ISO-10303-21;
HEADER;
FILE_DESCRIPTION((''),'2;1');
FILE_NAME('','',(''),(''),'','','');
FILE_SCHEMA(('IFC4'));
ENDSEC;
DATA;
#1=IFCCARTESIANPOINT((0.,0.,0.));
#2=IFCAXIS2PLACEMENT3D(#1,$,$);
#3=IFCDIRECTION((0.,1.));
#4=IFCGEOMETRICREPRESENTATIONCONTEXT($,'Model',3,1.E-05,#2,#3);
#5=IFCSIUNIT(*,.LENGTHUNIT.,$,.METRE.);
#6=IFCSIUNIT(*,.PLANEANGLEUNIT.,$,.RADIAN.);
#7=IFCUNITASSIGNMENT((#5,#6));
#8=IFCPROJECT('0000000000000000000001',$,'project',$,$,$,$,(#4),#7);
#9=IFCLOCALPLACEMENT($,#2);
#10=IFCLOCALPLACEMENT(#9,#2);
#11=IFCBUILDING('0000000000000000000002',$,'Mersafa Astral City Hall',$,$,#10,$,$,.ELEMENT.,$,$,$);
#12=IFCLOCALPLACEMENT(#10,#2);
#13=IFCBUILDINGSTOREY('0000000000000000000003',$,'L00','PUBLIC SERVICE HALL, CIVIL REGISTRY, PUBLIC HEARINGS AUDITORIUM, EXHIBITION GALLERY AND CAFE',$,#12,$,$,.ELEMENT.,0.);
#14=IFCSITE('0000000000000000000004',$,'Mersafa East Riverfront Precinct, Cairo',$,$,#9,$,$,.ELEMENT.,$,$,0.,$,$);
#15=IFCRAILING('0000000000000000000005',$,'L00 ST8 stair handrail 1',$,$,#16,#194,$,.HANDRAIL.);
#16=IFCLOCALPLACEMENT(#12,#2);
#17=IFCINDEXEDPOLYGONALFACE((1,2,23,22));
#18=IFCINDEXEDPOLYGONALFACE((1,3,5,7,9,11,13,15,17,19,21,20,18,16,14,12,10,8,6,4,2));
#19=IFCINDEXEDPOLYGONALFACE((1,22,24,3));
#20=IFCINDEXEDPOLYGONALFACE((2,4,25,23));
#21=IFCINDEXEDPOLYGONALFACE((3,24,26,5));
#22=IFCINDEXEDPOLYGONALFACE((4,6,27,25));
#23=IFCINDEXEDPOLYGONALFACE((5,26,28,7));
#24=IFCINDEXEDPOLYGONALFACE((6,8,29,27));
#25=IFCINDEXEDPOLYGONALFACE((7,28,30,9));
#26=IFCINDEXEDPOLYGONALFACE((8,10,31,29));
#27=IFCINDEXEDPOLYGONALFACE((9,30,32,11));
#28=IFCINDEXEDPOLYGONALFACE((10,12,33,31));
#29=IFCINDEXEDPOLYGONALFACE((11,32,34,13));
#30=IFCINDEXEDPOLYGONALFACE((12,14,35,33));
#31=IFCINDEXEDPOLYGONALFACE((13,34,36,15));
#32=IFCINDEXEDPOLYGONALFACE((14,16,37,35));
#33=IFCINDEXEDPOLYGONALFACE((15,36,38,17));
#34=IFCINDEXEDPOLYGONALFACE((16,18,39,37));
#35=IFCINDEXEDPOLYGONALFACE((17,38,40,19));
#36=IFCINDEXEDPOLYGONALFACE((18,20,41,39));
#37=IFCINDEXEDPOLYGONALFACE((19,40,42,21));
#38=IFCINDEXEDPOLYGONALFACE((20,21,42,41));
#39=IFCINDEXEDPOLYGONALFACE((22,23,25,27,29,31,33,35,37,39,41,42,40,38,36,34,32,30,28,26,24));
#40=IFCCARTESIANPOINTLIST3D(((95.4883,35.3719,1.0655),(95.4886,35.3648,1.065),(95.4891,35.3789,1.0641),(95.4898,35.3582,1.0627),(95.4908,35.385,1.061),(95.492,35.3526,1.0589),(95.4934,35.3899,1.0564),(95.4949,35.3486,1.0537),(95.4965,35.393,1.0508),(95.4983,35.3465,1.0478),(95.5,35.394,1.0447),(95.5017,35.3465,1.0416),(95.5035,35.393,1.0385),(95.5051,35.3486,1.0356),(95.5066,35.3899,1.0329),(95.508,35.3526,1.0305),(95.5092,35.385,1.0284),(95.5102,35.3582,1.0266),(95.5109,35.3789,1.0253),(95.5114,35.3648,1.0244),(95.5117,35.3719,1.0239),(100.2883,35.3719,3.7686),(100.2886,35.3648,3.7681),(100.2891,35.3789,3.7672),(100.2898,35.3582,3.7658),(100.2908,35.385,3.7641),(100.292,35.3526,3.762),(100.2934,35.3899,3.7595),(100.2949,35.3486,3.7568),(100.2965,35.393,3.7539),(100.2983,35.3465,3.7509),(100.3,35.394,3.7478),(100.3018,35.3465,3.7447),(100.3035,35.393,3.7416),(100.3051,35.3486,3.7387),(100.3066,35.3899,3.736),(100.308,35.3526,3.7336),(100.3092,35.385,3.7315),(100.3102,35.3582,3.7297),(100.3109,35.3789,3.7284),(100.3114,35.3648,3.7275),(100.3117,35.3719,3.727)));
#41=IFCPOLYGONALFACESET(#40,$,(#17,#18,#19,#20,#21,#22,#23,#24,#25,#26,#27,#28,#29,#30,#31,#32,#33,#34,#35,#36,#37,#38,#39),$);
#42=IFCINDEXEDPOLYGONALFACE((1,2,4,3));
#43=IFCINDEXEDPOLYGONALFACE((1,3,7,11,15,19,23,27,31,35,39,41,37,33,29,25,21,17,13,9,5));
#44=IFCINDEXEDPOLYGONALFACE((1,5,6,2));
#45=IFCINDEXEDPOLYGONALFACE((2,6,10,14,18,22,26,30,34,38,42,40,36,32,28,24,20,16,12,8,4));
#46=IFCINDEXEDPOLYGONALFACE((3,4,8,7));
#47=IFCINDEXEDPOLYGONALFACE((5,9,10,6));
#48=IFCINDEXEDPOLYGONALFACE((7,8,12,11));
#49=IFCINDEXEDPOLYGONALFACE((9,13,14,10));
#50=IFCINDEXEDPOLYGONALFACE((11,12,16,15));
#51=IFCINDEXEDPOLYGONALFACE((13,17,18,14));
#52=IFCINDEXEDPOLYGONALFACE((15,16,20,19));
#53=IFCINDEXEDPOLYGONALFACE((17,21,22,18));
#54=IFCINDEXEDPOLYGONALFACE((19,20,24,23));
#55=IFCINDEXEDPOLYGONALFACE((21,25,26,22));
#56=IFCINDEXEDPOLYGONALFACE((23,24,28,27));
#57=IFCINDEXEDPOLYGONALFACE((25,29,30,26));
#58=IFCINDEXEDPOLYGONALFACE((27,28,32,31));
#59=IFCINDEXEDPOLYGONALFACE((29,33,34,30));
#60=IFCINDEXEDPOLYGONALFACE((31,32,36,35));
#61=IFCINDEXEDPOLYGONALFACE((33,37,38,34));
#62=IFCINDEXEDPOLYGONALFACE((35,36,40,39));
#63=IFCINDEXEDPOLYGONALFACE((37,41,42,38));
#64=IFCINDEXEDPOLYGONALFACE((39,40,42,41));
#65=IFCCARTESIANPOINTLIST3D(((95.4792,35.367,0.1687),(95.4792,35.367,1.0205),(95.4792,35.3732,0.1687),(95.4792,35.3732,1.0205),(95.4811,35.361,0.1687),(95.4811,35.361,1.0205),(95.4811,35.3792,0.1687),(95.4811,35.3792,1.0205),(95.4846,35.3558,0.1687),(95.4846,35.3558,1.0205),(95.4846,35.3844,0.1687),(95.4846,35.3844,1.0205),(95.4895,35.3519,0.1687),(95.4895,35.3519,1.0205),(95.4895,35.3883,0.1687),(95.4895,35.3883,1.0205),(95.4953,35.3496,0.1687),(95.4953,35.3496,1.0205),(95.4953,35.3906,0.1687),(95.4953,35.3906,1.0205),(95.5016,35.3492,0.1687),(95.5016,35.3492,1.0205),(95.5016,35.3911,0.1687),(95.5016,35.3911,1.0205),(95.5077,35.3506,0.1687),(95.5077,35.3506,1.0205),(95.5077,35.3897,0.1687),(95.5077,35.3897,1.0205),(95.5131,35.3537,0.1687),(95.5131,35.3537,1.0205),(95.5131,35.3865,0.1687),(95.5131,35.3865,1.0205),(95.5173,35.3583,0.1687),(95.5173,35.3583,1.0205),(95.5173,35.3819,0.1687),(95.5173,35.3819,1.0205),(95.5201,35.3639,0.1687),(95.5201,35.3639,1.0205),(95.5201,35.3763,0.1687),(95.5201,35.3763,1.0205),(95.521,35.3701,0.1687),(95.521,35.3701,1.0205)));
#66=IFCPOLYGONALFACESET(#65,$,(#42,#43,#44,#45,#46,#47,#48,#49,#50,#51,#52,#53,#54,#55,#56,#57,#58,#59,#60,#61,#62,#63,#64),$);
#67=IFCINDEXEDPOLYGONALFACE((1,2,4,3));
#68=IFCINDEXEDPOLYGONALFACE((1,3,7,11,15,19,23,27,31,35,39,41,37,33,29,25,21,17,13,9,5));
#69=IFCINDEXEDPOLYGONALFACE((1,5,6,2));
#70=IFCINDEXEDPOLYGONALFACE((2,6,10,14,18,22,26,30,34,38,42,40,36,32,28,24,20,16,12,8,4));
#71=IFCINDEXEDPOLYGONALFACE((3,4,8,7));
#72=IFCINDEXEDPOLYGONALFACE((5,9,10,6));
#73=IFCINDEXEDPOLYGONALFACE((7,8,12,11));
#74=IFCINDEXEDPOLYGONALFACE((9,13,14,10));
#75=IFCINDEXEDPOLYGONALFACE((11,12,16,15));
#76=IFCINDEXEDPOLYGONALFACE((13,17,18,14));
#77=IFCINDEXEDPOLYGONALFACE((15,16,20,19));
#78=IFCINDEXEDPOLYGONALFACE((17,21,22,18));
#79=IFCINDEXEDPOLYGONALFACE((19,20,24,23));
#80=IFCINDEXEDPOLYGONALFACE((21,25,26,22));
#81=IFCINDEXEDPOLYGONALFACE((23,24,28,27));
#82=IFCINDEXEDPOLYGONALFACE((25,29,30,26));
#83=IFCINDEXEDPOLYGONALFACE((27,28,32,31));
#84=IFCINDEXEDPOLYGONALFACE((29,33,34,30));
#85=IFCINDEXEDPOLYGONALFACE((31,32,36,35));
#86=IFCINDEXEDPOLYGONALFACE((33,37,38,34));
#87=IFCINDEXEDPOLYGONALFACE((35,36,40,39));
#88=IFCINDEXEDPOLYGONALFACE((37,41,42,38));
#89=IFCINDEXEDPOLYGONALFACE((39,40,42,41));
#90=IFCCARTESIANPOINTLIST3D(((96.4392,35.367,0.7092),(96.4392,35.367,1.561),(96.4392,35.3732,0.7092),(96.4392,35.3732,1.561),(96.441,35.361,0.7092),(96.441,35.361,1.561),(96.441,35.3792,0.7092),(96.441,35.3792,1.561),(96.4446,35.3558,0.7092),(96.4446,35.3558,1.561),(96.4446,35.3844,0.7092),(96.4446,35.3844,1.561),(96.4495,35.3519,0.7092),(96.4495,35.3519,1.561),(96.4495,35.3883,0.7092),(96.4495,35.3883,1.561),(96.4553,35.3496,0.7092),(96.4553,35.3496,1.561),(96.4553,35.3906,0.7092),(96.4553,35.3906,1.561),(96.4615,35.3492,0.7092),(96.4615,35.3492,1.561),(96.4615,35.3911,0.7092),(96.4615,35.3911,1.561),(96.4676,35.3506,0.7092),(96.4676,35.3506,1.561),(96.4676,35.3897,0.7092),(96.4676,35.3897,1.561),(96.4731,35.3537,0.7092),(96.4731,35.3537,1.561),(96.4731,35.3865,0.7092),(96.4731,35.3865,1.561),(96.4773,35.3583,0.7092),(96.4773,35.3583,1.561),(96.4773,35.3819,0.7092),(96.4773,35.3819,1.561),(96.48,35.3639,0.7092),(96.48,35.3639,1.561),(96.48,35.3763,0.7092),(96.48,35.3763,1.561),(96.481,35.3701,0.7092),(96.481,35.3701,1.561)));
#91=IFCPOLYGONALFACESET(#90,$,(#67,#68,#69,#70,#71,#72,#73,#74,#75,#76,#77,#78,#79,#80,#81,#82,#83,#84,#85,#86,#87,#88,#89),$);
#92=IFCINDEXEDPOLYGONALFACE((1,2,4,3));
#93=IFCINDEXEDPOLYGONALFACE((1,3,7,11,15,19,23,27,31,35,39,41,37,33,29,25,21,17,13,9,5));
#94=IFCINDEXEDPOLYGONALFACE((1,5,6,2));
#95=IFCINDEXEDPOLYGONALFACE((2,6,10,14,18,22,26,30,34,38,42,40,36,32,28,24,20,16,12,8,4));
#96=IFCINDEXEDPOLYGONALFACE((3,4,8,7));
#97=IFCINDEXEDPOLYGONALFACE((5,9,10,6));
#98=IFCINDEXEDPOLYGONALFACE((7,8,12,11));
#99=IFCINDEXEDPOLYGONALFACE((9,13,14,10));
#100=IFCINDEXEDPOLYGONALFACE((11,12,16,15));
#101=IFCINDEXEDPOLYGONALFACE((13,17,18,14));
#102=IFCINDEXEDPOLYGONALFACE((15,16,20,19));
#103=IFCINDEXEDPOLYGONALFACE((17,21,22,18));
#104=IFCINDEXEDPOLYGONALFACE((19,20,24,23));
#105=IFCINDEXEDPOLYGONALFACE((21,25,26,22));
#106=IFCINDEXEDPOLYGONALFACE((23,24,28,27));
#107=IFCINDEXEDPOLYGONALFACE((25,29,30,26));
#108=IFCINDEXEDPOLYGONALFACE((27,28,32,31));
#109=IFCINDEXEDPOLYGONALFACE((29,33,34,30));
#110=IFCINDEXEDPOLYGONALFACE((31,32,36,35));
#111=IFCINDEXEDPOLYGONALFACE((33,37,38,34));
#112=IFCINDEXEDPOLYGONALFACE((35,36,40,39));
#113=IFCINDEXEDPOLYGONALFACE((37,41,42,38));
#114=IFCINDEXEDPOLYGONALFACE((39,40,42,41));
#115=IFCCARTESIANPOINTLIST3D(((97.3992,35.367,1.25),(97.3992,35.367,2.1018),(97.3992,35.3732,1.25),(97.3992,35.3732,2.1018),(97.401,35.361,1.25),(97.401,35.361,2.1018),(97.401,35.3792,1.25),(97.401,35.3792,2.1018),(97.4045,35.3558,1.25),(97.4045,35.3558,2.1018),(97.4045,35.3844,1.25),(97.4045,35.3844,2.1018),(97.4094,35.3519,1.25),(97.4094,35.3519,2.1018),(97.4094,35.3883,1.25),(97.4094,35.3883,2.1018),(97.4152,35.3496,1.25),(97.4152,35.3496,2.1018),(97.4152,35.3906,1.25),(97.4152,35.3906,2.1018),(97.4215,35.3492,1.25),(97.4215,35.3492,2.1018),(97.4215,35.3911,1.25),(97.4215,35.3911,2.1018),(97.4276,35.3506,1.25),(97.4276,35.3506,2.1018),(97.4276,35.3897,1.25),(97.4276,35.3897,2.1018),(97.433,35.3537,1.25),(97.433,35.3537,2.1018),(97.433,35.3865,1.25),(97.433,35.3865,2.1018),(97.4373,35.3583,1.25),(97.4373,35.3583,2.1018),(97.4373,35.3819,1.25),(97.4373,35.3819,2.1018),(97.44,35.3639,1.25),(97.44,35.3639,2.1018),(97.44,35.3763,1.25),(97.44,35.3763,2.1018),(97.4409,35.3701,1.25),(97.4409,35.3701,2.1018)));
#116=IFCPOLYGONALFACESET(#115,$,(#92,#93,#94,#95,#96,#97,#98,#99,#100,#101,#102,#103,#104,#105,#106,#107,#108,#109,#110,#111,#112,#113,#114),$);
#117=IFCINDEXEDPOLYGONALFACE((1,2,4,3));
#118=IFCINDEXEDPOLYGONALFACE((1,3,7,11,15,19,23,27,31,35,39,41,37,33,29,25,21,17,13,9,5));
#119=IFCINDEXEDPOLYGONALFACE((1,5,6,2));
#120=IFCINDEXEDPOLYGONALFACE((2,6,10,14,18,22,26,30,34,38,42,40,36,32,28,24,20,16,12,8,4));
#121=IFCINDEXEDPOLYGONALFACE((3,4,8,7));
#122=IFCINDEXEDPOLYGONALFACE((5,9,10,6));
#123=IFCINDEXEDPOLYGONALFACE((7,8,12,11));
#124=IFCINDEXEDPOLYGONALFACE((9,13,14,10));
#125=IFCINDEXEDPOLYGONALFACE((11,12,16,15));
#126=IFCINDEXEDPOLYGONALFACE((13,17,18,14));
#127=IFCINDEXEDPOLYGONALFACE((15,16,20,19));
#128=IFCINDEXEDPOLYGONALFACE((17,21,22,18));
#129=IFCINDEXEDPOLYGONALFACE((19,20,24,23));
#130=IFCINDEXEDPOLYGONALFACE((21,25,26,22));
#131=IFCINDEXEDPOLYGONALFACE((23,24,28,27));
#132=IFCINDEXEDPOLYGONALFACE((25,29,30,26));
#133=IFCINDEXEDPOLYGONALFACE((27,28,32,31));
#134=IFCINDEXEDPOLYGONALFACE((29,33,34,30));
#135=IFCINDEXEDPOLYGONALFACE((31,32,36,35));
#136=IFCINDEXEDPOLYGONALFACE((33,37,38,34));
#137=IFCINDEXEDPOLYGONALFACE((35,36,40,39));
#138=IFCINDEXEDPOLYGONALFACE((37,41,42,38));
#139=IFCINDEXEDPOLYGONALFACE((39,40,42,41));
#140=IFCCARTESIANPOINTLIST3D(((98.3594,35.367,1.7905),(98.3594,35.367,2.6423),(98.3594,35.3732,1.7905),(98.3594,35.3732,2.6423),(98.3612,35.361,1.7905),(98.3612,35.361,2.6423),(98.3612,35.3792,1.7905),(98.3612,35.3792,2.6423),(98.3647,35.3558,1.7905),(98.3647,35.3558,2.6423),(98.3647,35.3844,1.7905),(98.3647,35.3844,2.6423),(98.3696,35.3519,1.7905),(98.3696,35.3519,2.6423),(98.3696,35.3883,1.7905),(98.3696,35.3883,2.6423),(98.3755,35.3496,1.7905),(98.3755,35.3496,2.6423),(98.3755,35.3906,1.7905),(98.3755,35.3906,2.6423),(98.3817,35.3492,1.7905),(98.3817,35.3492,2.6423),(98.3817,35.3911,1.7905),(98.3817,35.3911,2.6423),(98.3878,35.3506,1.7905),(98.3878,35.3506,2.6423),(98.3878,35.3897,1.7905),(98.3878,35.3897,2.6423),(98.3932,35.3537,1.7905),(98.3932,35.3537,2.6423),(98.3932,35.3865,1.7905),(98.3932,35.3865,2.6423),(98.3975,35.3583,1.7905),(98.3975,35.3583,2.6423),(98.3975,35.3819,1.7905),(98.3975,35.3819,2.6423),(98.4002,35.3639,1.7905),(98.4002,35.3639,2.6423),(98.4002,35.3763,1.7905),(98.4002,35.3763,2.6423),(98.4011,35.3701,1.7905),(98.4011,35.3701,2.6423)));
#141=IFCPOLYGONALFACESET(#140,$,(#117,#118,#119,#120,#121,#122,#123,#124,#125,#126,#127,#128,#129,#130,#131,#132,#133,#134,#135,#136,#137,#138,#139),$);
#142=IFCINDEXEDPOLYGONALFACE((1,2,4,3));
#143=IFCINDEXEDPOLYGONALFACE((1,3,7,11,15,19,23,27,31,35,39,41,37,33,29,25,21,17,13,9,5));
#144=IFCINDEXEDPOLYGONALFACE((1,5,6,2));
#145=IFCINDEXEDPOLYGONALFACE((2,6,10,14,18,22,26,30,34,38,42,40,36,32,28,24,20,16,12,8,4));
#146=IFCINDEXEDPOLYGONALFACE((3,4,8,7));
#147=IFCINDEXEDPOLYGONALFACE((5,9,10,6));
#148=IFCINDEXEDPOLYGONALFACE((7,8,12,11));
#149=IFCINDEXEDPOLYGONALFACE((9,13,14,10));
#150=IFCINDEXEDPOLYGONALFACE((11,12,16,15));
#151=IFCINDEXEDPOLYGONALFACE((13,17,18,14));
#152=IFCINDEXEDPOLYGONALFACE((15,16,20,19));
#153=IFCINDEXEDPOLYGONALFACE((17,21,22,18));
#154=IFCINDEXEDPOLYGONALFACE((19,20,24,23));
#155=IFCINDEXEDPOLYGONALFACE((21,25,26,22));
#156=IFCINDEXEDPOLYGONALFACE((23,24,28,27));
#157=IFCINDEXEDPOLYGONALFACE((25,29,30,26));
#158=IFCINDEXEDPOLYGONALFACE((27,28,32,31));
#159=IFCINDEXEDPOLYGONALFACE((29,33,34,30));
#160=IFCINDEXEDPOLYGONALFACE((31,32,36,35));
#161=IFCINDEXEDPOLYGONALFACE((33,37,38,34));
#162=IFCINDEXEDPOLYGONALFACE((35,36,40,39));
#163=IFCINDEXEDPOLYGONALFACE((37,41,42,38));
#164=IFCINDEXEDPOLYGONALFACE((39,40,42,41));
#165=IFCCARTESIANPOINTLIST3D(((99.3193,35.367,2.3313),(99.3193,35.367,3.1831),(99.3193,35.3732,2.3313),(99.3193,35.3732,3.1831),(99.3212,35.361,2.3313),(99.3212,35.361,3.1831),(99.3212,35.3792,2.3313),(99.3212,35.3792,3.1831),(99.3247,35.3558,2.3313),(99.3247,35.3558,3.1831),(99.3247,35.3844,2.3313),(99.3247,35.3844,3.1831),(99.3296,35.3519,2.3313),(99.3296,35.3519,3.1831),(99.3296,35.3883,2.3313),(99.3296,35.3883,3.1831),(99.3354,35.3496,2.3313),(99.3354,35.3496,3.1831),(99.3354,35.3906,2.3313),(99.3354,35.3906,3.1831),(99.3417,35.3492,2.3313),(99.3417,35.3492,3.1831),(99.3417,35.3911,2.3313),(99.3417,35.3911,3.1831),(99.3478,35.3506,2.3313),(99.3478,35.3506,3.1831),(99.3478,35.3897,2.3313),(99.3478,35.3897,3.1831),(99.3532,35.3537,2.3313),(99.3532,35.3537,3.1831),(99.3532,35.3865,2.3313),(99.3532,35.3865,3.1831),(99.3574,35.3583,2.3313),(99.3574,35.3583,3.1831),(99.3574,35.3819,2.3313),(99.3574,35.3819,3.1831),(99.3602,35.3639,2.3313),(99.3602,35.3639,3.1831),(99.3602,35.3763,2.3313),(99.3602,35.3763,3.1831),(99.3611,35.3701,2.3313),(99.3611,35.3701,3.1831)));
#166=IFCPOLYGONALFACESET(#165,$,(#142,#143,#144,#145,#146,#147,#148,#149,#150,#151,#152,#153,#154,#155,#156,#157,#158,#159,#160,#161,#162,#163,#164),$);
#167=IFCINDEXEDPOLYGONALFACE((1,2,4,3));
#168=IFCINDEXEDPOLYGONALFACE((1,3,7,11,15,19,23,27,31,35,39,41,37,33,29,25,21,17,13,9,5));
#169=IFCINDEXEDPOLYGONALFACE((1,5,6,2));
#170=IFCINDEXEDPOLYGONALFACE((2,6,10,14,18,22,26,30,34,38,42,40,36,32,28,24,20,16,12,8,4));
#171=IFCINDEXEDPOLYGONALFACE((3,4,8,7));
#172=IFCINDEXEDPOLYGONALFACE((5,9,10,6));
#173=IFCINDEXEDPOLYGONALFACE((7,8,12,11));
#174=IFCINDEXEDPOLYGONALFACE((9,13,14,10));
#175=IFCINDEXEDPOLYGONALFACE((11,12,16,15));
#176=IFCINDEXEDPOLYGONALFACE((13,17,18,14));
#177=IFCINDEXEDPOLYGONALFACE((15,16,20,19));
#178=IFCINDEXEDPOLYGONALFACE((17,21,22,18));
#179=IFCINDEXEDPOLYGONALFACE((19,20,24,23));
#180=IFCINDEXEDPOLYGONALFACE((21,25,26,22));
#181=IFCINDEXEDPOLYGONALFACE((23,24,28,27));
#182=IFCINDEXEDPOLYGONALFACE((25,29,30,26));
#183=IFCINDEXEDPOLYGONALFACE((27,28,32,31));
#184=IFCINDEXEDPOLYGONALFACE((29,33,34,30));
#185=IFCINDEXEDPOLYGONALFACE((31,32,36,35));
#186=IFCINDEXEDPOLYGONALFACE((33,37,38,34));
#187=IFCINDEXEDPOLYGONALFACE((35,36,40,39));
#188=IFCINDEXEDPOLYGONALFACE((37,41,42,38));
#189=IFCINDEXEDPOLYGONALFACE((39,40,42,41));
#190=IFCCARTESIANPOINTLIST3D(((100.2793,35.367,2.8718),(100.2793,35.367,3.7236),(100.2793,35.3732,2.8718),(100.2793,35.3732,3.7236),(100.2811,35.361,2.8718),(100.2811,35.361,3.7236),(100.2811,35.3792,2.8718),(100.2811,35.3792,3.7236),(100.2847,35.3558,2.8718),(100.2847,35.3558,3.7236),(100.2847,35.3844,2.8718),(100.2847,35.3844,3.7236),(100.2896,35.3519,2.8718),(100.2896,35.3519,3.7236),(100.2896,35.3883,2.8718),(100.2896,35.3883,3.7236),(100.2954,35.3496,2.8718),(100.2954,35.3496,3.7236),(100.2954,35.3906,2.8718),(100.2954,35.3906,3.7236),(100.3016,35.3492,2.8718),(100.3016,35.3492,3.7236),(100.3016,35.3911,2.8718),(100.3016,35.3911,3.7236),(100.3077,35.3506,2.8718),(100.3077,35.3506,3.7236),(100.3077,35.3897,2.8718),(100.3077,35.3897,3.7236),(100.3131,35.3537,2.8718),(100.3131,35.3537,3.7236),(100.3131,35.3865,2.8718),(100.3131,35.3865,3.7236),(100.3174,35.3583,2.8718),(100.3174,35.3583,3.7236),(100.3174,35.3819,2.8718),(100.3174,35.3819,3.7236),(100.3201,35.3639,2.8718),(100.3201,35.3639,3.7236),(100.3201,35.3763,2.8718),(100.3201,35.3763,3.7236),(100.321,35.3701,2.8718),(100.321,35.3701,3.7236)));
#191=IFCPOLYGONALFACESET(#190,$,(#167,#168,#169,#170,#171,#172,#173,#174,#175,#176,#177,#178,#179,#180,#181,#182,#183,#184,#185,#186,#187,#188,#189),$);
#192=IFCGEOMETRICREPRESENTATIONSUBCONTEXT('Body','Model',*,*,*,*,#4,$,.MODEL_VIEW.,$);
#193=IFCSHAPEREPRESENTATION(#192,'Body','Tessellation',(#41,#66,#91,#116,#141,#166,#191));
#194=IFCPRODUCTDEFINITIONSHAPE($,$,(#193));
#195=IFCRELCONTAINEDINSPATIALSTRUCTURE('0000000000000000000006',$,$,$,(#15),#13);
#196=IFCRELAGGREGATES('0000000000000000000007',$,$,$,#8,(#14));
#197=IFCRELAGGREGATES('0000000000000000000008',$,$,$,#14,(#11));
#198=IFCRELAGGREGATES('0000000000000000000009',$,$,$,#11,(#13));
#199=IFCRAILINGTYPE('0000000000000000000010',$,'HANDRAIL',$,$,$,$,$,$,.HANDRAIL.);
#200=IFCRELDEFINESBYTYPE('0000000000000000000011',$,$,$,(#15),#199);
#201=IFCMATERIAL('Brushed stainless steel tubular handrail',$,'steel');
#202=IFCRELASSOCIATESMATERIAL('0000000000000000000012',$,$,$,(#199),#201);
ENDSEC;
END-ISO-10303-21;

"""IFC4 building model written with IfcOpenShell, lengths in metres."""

from ifc_helpers import new_model, si_unit, direction, frame, origin, origin_2d, place, context, subcontext, project, spatial, circle, extrude, material, type_object, element, save


model = new_model("IFC4")

# Units and contexts
model_context = context("Model", 3, precision=1e-05, world=origin(), true_north=direction((0.0, 1.0)))
body_context = subcontext(model_context, "Body", "Model", "MODEL_VIEW")
ifc_project = project(units=[si_unit("LENGTHUNIT", "METRE"), si_unit("PLANEANGLEUNIT", "RADIAN")], contexts=[model_context])

# Site, building, storey
site_placement = place(None, origin())
site = spatial("IfcSite", under=ifc_project, at=site_placement, Name="Mersafa East Riverfront Precinct, Cairo", CompositionType="ELEMENT", RefElevation=0.0)
building_placement = place(site_placement, origin())
building = spatial("IfcBuilding", under=site, at=building_placement, Name="Mersafa Astral City Hall", CompositionType="ELEMENT")
storey_placement = place(building_placement, origin())
storey = spatial("IfcBuildingStorey", under=building, at=storey_placement, Name="L00", Description="PUBLIC SERVICE HALL, CIVIL REGISTRY, PUBLIC HEARINGS AUDITORIUM, EXHIBITION GALLERY AND CAFE", CompositionType="ELEMENT", Elevation=0.0)

# Railing
ifc_material_1 = material(Name="Brushed stainless steel tubular handrail", Category="steel")
railing_type_1 = type_object("IfcRailingType", Name="HANDRAIL", PredefinedType="HANDRAIL", material=ifc_material_1)
railing_1_placement = place(storey_placement, frame((95.5, 35.3701, 0.1687)))
element("IfcRailing", 1, at=railing_1_placement, inside=storey, type_object=railing_type_1, Name="L00 ST8 stair handrail 1", PredefinedType="HANDRAIL", context=body_context, shape_type="SweptSolid", body=[
    extrude(circle(Radius=0.0239, at=origin_2d()), frame((0.0, 0.0, 0.876), z_axis=(0.871335, 0.0, 0.490688), x_axis=(0.0, 1.0, 0.0)), (0.0, 0.0, 1.0), 5.5088),
    extrude(circle(Radius=0.021, at=origin_2d()), origin(), (0.0, 0.0, 1.0), 0.8518),
    extrude(circle(Radius=0.021, at=origin_2d()), frame((0.96, 0.0, 0.5405)), (0.0, 0.0, 1.0), 0.8518),
    extrude(circle(Radius=0.021, at=origin_2d()), frame((1.9199, 0.0, 1.0813)), (0.0, 0.0, 1.0), 0.8518),
    extrude(circle(Radius=0.021, at=origin_2d()), frame((2.8801, 0.0, 1.6218)), (0.0, 0.0, 1.0), 0.8518),
    extrude(circle(Radius=0.021, at=origin_2d()), frame((3.8401, 0.0, 2.1626)), (0.0, 0.0, 1.0), 0.8518),
    extrude(circle(Radius=0.021, at=origin_2d()), frame((4.8, 0.0, 2.7031)), (0.0, 0.0, 1.0), 0.8518),
])

save(model, "model.ifc")
